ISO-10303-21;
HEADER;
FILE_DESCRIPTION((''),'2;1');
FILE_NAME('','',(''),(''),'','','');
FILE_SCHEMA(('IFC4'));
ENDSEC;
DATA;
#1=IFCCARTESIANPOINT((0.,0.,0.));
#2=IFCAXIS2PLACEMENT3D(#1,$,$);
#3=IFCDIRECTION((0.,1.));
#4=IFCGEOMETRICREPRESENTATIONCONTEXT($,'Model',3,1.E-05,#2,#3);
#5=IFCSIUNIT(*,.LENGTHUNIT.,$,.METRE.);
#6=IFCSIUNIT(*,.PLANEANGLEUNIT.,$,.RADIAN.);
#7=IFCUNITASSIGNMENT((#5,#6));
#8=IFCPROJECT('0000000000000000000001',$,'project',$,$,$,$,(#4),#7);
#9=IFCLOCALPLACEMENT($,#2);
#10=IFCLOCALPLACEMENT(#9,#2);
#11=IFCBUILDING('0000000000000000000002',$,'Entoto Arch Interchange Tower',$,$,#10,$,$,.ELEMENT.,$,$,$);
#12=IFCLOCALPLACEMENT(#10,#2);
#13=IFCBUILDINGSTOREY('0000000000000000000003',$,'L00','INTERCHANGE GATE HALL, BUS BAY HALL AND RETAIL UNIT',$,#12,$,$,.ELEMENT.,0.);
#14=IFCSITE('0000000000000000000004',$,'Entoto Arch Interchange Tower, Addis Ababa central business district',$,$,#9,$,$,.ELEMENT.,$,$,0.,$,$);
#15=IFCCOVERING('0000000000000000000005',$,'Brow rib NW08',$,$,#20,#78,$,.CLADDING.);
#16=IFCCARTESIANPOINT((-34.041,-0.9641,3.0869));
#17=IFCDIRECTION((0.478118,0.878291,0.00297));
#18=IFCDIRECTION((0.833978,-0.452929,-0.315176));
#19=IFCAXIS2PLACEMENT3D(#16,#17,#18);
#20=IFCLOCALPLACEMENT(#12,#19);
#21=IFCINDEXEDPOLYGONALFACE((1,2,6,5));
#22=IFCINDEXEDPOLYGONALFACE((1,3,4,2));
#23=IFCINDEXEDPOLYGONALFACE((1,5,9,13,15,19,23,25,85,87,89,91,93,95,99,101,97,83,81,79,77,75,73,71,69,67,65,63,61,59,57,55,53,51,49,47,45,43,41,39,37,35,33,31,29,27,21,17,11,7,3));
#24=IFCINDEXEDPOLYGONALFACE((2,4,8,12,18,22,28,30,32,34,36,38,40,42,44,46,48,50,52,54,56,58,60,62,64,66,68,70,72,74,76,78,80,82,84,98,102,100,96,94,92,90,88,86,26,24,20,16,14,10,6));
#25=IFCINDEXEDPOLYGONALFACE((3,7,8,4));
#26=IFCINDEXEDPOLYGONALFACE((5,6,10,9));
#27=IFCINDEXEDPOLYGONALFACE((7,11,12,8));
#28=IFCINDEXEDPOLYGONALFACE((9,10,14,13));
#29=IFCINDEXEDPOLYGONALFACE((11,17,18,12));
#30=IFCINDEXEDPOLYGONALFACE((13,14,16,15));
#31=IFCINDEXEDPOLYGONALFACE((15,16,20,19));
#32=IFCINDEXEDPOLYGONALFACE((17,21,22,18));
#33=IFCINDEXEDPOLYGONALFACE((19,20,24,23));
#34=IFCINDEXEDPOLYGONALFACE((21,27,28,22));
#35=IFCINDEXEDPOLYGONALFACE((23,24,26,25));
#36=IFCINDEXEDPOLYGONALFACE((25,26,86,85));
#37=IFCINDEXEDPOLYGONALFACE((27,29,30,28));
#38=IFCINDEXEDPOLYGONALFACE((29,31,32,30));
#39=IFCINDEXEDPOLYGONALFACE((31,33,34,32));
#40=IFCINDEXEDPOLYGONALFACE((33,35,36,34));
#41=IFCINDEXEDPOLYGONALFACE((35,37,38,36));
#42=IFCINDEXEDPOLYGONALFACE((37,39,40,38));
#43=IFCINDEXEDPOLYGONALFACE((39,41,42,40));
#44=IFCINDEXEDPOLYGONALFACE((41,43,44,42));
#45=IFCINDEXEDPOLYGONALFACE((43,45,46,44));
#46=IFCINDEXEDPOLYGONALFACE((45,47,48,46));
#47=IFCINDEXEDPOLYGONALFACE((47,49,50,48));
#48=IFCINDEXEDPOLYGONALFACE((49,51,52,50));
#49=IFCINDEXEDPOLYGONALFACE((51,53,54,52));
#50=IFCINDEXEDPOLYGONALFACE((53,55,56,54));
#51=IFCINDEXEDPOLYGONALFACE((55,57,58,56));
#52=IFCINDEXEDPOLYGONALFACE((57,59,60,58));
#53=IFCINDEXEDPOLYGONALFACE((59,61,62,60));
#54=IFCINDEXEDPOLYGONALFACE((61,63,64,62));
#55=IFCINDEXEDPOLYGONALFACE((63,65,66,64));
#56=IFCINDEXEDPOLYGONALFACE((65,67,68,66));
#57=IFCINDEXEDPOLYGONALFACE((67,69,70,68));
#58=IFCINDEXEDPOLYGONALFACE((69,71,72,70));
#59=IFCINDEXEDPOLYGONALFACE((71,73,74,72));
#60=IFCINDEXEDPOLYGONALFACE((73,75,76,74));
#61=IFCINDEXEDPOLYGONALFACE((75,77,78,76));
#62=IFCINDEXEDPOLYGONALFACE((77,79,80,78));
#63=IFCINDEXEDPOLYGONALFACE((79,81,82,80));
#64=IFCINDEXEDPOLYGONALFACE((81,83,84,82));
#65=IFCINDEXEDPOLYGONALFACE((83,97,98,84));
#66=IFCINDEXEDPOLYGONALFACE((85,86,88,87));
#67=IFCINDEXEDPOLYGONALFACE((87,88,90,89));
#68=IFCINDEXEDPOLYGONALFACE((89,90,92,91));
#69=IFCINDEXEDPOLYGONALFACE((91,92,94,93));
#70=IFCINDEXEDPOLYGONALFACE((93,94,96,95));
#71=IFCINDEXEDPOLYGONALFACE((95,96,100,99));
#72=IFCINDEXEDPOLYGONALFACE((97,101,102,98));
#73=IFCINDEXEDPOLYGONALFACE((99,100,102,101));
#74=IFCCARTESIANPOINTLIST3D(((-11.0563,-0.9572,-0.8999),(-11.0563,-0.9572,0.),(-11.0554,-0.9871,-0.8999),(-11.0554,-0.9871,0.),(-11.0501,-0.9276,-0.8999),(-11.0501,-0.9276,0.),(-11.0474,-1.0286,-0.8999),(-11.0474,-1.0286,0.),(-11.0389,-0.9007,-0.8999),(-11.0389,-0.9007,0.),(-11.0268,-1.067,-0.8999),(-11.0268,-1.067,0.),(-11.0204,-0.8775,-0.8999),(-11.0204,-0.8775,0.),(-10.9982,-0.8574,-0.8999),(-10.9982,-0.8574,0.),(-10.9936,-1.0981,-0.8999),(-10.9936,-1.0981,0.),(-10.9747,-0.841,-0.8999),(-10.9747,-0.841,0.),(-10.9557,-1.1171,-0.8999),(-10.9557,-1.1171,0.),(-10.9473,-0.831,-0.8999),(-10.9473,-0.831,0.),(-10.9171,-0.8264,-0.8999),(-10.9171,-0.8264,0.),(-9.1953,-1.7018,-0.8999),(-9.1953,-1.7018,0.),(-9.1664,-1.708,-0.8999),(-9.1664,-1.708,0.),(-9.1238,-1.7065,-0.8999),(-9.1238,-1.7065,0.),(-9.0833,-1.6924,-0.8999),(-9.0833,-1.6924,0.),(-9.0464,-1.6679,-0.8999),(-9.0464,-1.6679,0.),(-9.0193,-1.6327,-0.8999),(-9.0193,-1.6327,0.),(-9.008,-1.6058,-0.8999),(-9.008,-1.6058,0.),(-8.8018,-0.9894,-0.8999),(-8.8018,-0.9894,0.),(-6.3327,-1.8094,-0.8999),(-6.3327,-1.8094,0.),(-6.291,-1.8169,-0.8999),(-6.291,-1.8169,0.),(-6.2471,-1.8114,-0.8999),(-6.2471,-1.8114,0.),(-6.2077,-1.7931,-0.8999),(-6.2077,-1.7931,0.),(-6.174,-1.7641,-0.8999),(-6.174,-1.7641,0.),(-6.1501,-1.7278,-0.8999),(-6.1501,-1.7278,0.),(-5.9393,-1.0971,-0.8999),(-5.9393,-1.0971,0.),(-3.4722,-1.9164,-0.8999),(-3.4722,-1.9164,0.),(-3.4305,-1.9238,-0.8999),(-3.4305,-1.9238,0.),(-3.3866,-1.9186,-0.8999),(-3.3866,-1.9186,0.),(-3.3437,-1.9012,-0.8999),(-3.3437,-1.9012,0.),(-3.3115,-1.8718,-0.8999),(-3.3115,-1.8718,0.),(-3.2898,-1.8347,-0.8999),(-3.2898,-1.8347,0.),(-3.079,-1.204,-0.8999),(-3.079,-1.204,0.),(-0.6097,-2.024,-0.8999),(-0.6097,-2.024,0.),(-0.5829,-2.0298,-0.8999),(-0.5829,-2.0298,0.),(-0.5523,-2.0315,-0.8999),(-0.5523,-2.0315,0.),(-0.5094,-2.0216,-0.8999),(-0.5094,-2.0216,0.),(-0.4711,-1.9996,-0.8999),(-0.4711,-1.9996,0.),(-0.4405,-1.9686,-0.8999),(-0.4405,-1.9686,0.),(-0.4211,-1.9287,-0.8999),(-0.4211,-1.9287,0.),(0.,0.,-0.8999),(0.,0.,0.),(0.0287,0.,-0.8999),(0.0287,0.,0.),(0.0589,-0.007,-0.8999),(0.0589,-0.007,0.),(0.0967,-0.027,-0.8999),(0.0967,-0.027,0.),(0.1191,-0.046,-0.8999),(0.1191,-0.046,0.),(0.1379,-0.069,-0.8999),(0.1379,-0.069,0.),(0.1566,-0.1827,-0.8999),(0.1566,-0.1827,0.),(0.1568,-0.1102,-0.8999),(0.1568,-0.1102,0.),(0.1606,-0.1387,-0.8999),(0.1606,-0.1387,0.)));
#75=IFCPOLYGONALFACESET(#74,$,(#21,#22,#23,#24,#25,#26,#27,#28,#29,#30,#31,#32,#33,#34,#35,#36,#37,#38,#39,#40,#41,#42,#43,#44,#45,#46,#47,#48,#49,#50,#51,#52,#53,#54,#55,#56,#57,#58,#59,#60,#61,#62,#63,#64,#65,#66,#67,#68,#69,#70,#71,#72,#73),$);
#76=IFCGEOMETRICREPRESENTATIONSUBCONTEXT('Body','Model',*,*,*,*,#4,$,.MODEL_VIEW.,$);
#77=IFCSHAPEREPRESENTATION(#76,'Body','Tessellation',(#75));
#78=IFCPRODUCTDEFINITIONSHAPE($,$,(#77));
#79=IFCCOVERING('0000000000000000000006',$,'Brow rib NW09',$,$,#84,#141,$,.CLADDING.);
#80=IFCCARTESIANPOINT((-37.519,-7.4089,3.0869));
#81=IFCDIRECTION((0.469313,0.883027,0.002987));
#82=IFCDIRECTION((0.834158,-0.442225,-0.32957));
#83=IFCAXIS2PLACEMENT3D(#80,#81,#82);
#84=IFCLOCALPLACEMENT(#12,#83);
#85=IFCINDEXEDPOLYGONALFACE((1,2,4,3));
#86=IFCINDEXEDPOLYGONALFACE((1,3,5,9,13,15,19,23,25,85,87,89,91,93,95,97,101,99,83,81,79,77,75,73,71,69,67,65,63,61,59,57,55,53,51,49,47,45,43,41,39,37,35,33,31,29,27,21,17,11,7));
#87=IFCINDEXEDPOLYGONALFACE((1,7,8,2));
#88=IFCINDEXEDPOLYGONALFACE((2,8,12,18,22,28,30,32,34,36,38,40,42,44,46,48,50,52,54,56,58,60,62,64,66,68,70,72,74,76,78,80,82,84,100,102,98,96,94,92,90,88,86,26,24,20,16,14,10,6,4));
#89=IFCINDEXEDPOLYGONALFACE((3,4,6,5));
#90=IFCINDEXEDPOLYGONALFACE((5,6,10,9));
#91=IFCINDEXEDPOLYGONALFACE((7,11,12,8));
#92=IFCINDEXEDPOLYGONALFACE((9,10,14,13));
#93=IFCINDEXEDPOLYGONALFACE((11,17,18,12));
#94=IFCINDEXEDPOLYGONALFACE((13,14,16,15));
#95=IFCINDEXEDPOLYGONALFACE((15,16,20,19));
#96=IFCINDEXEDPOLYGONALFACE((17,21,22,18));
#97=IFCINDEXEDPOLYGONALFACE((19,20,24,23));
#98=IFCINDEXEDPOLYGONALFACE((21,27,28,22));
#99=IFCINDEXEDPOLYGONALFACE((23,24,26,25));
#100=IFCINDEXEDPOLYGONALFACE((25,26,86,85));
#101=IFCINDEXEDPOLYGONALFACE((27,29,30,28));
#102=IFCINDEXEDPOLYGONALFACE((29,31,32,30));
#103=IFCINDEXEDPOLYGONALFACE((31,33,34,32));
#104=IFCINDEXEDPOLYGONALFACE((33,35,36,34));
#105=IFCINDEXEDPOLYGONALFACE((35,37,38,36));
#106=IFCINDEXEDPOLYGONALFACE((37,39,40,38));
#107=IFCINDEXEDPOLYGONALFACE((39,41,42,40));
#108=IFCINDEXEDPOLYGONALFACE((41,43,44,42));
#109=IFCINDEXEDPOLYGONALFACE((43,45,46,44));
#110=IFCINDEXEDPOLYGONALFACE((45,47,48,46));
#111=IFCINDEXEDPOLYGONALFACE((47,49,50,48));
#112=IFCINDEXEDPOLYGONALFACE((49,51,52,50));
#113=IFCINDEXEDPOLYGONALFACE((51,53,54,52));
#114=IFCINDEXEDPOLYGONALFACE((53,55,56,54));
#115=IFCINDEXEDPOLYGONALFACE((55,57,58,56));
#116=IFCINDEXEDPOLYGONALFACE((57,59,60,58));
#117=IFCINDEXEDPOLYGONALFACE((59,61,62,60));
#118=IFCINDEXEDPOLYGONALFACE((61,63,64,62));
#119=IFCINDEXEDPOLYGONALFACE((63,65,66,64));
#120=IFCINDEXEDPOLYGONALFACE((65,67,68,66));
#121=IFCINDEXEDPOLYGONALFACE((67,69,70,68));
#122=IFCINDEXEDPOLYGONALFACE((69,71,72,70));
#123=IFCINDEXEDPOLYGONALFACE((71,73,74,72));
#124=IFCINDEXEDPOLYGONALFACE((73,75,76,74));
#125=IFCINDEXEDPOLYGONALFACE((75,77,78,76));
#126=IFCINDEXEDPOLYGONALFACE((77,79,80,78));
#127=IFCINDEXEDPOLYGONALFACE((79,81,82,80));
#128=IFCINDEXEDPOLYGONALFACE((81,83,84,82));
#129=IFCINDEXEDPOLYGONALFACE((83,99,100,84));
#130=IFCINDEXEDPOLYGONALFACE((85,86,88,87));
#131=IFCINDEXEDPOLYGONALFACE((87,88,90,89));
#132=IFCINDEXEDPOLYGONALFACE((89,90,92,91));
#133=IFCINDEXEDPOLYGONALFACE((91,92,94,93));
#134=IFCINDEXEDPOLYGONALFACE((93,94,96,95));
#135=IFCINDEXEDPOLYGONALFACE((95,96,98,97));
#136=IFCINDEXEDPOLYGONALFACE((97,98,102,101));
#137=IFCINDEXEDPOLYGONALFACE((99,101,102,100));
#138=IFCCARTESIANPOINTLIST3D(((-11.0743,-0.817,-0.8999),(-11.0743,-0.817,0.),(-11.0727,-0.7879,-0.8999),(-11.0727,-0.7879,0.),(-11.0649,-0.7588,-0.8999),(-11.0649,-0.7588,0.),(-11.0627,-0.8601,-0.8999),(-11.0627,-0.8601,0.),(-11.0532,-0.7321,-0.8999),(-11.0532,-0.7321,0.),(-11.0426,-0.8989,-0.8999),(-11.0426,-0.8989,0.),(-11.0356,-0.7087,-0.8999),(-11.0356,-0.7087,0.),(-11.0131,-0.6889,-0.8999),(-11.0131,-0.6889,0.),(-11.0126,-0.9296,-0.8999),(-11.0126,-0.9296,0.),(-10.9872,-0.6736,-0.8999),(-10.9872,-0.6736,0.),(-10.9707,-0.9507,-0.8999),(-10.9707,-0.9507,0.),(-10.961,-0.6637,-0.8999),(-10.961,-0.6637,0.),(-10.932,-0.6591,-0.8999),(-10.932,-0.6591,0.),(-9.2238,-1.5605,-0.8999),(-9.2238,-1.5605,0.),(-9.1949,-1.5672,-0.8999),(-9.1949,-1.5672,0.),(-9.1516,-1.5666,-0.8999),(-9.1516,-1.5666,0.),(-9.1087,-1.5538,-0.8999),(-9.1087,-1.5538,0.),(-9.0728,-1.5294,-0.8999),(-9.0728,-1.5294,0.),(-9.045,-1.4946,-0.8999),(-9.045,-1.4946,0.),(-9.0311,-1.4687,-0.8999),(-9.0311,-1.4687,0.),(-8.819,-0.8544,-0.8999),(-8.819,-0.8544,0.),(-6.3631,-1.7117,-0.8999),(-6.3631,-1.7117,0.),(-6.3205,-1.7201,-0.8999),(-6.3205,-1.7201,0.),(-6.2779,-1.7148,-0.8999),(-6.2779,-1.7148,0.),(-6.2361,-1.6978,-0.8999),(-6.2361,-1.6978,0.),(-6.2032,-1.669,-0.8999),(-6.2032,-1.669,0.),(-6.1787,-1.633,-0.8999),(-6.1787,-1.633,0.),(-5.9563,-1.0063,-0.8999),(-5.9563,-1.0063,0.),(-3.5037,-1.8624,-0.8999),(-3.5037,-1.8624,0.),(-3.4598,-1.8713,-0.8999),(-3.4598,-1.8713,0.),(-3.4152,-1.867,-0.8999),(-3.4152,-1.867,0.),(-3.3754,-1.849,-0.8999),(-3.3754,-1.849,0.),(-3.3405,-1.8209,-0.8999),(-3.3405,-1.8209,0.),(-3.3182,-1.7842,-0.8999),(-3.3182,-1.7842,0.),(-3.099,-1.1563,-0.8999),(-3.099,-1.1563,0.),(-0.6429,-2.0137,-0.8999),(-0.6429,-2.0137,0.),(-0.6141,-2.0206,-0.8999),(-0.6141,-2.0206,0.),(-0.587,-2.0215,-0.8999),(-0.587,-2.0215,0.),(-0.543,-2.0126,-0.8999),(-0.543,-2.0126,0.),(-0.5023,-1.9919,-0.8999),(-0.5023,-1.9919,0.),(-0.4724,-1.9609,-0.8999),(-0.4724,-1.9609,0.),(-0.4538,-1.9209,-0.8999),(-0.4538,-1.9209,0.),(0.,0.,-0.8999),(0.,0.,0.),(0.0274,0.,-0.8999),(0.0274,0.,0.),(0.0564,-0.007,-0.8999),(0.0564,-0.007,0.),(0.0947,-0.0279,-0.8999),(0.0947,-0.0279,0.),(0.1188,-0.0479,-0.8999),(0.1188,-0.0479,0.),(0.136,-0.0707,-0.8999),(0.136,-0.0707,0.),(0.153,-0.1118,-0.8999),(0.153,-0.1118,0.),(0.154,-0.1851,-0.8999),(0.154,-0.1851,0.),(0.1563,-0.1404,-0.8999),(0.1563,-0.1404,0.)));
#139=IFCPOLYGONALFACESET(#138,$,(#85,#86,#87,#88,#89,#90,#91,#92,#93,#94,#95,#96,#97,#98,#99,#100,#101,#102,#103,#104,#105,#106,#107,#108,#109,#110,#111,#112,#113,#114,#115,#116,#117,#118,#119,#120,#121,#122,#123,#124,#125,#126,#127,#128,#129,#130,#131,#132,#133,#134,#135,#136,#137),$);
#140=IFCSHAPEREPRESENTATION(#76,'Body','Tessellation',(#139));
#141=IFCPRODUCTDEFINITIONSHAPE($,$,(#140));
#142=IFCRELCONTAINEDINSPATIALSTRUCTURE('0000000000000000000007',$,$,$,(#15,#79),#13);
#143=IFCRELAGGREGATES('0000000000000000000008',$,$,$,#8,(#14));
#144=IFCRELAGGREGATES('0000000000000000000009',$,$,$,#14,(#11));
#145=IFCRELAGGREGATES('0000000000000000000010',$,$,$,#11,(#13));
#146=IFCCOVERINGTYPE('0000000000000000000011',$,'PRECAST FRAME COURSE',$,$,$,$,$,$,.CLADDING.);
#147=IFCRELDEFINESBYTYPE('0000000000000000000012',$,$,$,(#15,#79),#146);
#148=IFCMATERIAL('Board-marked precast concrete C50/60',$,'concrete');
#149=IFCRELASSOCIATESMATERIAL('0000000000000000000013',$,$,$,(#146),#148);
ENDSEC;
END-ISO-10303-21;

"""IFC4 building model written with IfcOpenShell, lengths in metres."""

from ifc_helpers import new_model, si_unit, direction, frame, origin, place, context, subcontext, project, spatial, polyline, outline, extrude, material, type_object, element, save


model = new_model("IFC4")

# Units and contexts
model_context = context("Model", 3, precision=1e-05, world=origin(), true_north=direction((0.0, 1.0)))
body_context = subcontext(model_context, "Body", "Model", "MODEL_VIEW")
ifc_project = project(units=[si_unit("LENGTHUNIT", "METRE"), si_unit("PLANEANGLEUNIT", "RADIAN")], contexts=[model_context])

# Site, building, storey
site_placement = place(None, origin())
site = spatial("IfcSite", under=ifc_project, at=site_placement, Name="Entoto Arch Interchange Tower, Addis Ababa central business district", CompositionType="ELEMENT", RefElevation=0.0)
building_placement = place(site_placement, origin())
building = spatial("IfcBuilding", under=site, at=building_placement, Name="Entoto Arch Interchange Tower", CompositionType="ELEMENT")
storey_placement = place(building_placement, origin())
storey = spatial("IfcBuildingStorey", under=building, at=storey_placement, Name="L00", Description="INTERCHANGE GATE HALL, BUS BAY HALL AND RETAIL UNIT", CompositionType="ELEMENT", Elevation=0.0)

# Coverings
ifc_material_1 = material(Name="Board-marked precast concrete C50/60", Category="concrete")
covering_type = type_object("IfcCoveringType", Name="PRECAST FRAME COURSE", PredefinedType="CLADDING", material=ifc_material_1)
covering_1_placement = place(storey_placement, frame((-34.041, -0.9641, 3.0869), z_axis=(0.478118, 0.878291, 0.00297), x_axis=(0.833978, -0.452929, -0.315176)))
element("IfcCovering", 1, at=covering_1_placement, inside=storey, type_object=covering_type, Name="Brow rib NW08", PredefinedType="CLADDING", context=body_context, shape_type="SweptSolid", body=[
    extrude(outline(polyline([(0.0, 0.0), (0.0287, 0.0), (0.0589, -0.007), (0.0967, -0.027), (0.1191, -0.046), (0.1379, -0.069), (0.1568, -0.1102), (0.1606, -0.1387), (0.1566, -0.1827), (-0.4211, -1.9287), (-0.4405, -1.9686), (-0.4711, -1.9996), (-0.5094, -2.0216), (-0.5523, -2.0315), (-0.5829, -2.0298), (-0.6097, -2.024), (-3.079, -1.204), (-3.2898, -1.8347), (-3.3115, -1.8718), (-3.3437, -1.9012), (-3.3866, -1.9186), (-3.4305, -1.9238), (-3.4722, -1.9164), (-5.9393, -1.0971), (-6.1501, -1.7278), (-6.174, -1.7641), (-6.2077, -1.7931), (-6.2471, -1.8114), (-6.291, -1.8169), (-6.3327, -1.8094), (-8.8018, -0.9894), (-9.008, -1.6058), (-9.0193, -1.6327), (-9.0464, -1.6679), (-9.0833, -1.6924), (-9.1238, -1.7065), (-9.1664, -1.708), (-9.1953, -1.7018), (-10.9557, -1.1171), (-10.9936, -1.0981), (-11.0268, -1.067), (-11.0474, -1.0286), (-11.0554, -0.9871), (-11.0563, -0.9572), (-11.0501, -0.9276), (-11.0389, -0.9007), (-11.0204, -0.8775), (-10.9982, -0.8574), (-10.9747, -0.841), (-10.9473, -0.831), (-10.9171, -0.8264), (0.0, 0.0)])), origin(), (0.0, 0.0, -1.0), 0.8999),
])
covering_2_placement = place(storey_placement, frame((-37.519, -7.4089, 3.0869), z_axis=(0.469313, 0.883027, 0.002987), x_axis=(0.834158, -0.442225, -0.32957)))
element("IfcCovering", 2, at=covering_2_placement, inside=storey, type_object=covering_type, Name="Brow rib NW09", PredefinedType="CLADDING", context=body_context, shape_type="SweptSolid", body=[
    extrude(outline(polyline([(0.0, 0.0), (0.0274, 0.0), (0.0564, -0.007), (0.0947, -0.0279), (0.1188, -0.0479), (0.136, -0.0707), (0.153, -0.1118), (0.1563, -0.1404), (0.154, -0.1851), (-0.4538, -1.9209), (-0.4724, -1.9609), (-0.5023, -1.9919), (-0.543, -2.0126), (-0.587, -2.0215), (-0.6141, -2.0206), (-0.6429, -2.0137), (-3.099, -1.1563), (-3.3182, -1.7842), (-3.3405, -1.8209), (-3.3754, -1.849), (-3.4152, -1.867), (-3.4598, -1.8713), (-3.5037, -1.8624), (-5.9563, -1.0063), (-6.1787, -1.633), (-6.2032, -1.669), (-6.2361, -1.6978), (-6.2779, -1.7148), (-6.3205, -1.7201), (-6.3631, -1.7117), (-8.819, -0.8544), (-9.0311, -1.4687), (-9.045, -1.4946), (-9.0728, -1.5294), (-9.1087, -1.5538), (-9.1516, -1.5666), (-9.1949, -1.5672), (-9.2238, -1.5605), (-10.9707, -0.9507), (-11.0126, -0.9296), (-11.0426, -0.8989), (-11.0627, -0.8601), (-11.0743, -0.817), (-11.0727, -0.7879), (-11.0649, -0.7588), (-11.0532, -0.7321), (-11.0356, -0.7087), (-11.0131, -0.6889), (-10.9872, -0.6736), (-10.961, -0.6637), (-10.932, -0.6591), (0.0, 0.0)])), origin(), (0.0, 0.0, -1.0), 0.8999),
])

save(model, "model.ifc")
